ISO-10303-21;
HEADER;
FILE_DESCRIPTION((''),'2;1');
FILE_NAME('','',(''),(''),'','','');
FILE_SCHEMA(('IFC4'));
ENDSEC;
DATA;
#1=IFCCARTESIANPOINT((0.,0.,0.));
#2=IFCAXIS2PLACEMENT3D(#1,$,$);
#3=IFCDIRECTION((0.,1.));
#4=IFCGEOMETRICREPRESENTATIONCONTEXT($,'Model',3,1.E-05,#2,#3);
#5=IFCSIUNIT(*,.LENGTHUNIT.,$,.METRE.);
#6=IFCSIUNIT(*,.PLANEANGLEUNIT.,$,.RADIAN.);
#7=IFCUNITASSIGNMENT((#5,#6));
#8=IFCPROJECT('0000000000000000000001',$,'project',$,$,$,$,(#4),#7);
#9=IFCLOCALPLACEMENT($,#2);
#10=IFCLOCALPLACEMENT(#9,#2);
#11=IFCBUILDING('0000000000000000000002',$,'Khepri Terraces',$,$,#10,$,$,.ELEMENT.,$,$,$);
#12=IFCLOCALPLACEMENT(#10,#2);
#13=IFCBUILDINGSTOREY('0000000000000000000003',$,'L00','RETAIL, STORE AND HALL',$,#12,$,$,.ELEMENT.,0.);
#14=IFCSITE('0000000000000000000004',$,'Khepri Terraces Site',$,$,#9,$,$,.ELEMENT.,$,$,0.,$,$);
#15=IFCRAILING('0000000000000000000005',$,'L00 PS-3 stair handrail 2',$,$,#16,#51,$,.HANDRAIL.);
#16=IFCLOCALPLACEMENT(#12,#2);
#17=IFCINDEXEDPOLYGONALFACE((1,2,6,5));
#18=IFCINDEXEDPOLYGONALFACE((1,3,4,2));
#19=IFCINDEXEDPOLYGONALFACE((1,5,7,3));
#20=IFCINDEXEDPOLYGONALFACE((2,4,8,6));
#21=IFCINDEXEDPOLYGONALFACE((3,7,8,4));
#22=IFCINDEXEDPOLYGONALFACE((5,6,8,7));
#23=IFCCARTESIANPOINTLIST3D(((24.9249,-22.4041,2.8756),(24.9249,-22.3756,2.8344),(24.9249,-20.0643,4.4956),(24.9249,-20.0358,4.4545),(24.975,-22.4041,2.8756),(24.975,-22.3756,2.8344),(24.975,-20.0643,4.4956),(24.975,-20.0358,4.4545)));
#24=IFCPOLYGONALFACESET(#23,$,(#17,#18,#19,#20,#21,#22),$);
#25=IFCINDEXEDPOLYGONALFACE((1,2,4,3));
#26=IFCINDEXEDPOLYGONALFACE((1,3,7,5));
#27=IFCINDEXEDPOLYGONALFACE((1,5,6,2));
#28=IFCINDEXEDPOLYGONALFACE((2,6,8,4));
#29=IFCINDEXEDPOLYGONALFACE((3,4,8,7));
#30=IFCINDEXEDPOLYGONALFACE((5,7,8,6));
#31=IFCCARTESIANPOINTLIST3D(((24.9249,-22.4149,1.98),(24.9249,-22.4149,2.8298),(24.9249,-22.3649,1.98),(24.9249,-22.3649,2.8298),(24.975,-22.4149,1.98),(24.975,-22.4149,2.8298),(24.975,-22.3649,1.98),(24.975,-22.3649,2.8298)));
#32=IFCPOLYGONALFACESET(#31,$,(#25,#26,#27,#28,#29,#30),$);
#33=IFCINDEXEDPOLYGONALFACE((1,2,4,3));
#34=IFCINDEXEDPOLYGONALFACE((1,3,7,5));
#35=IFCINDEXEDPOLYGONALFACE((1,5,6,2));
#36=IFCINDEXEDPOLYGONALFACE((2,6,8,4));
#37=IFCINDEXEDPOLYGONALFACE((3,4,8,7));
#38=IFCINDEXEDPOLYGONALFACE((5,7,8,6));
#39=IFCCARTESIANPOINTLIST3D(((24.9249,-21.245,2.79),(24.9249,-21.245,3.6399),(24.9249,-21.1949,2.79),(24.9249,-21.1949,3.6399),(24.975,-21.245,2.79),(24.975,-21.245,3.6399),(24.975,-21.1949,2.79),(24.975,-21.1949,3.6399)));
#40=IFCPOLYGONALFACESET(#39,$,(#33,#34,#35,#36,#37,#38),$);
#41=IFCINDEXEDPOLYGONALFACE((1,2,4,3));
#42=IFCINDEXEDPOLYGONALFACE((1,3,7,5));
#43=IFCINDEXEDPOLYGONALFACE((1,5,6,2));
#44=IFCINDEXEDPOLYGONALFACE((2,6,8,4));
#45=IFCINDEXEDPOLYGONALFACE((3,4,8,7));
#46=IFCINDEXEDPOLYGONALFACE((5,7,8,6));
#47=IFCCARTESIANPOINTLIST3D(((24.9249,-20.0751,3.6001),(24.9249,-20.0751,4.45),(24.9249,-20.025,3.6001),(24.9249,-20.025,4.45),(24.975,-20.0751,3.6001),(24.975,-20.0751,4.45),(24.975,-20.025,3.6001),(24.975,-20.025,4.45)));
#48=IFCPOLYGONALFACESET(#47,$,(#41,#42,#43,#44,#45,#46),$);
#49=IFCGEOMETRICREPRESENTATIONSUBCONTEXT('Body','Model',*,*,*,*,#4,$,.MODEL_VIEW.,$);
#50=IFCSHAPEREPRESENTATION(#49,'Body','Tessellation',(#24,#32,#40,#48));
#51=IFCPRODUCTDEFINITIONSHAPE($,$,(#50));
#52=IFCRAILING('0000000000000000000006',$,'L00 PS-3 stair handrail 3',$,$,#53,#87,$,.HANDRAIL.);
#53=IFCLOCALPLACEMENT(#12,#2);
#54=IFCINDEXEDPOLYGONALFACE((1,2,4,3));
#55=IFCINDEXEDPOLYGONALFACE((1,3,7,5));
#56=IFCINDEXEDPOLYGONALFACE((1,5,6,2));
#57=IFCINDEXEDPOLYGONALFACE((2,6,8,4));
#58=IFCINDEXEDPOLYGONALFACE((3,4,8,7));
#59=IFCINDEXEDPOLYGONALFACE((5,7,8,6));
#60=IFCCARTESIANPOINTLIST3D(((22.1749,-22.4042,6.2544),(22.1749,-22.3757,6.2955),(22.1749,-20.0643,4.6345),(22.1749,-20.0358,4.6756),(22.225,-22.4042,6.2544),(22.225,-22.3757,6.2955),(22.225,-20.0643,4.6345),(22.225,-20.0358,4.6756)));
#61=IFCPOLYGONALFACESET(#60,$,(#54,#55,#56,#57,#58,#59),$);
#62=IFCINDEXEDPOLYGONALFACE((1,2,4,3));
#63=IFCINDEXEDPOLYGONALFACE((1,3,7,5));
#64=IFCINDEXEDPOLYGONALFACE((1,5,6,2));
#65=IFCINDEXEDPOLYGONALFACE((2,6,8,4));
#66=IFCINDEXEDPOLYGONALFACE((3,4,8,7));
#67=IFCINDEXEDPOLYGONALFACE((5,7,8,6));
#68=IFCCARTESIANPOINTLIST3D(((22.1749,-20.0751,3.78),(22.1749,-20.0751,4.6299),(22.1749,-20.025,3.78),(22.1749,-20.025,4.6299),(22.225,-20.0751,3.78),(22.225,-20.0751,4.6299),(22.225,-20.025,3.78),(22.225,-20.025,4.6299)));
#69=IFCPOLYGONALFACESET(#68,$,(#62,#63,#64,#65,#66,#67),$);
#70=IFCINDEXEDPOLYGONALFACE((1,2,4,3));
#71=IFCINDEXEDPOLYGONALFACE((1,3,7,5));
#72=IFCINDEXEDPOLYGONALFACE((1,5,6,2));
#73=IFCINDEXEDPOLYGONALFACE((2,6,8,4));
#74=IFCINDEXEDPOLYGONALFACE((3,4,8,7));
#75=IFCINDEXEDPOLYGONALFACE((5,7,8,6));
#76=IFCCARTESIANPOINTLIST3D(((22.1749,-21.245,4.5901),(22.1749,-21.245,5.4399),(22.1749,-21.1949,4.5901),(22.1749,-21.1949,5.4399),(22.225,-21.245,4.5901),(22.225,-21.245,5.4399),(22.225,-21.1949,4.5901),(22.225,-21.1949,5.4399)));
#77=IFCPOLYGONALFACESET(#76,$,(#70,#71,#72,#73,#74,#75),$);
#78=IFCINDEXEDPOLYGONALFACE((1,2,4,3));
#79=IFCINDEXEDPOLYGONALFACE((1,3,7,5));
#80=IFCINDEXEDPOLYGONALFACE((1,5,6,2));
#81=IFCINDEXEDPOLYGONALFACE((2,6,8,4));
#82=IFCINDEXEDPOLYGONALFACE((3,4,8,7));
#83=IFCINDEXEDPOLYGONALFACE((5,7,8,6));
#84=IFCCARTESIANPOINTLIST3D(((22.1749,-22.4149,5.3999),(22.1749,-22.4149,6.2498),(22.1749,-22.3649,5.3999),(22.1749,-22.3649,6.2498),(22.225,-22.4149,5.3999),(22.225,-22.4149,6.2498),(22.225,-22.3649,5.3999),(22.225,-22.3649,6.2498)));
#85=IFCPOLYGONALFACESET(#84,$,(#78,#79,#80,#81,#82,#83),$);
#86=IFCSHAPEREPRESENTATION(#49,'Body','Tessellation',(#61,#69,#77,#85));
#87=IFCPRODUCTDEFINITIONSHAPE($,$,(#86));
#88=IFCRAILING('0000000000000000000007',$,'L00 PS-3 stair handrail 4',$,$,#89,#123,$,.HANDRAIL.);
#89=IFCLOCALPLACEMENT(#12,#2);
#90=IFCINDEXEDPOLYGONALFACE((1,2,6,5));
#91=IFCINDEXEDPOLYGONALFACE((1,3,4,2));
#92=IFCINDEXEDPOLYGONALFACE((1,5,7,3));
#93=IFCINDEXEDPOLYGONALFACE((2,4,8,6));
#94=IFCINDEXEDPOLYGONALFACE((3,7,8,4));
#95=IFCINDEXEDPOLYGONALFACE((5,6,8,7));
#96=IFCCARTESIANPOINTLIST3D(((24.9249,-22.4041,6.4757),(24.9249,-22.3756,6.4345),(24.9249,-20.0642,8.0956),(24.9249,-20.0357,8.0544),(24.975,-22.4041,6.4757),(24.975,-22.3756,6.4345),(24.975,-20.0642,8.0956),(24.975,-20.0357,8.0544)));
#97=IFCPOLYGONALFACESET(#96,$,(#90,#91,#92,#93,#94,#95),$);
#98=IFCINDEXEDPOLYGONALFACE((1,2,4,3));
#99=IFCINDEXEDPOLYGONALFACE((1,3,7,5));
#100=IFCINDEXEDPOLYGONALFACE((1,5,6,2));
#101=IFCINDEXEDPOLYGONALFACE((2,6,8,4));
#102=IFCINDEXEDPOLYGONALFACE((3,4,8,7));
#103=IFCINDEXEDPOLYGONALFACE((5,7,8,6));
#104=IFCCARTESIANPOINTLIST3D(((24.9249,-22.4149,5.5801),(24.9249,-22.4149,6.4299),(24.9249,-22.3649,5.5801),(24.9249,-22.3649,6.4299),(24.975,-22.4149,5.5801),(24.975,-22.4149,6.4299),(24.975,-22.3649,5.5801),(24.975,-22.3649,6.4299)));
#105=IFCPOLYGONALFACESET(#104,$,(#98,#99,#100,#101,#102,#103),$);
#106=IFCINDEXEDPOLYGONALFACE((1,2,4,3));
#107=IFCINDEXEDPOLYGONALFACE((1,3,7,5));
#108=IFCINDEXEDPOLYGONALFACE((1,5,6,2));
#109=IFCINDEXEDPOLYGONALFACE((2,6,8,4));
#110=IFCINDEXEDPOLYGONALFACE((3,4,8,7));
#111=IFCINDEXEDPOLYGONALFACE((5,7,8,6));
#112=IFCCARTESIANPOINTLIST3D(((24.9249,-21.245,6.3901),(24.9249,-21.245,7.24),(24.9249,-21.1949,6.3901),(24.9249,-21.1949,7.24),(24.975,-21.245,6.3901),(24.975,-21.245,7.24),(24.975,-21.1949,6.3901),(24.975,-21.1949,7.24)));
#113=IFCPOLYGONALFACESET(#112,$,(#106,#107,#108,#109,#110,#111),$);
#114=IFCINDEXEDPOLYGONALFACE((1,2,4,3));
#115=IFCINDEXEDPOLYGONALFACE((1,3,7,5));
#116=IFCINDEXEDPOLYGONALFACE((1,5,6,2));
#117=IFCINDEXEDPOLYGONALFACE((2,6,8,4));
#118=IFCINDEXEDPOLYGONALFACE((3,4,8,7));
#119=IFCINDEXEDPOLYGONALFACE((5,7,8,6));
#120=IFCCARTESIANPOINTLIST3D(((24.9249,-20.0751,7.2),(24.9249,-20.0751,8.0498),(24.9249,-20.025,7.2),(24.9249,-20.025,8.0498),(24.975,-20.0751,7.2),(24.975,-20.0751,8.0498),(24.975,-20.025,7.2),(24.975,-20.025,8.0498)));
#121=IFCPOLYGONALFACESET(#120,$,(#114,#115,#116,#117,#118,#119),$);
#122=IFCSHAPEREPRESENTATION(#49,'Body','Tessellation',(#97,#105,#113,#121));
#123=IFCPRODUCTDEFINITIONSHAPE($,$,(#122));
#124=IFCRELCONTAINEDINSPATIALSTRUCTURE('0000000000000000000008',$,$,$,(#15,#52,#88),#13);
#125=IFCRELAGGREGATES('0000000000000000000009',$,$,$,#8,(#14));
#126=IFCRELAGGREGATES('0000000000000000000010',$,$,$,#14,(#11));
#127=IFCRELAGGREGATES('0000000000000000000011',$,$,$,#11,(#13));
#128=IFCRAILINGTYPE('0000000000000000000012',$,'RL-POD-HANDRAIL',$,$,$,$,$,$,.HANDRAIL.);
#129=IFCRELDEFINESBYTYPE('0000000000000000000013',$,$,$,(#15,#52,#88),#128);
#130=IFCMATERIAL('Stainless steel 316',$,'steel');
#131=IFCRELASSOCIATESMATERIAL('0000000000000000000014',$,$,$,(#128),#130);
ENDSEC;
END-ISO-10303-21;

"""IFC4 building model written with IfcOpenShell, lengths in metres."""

from ifc_helpers import new_model, si_unit, direction, frame, origin, origin_2d, place, context, subcontext, project, spatial, rectangle, extrude, material, type_object, element, save


model = new_model("IFC4")

# Units and contexts
model_context = context("Model", 3, precision=1e-05, world=origin(), true_north=direction((0.0, 1.0)))
body_context = subcontext(model_context, "Body", "Model", "MODEL_VIEW")
ifc_project = project(units=[si_unit("LENGTHUNIT", "METRE"), si_unit("PLANEANGLEUNIT", "RADIAN")], contexts=[model_context])

# Site, building, storey
site_placement = place(None, origin())
site = spatial("IfcSite", under=ifc_project, at=site_placement, Name="Khepri Terraces Site", CompositionType="ELEMENT", RefElevation=0.0)
building_placement = place(site_placement, origin())
building = spatial("IfcBuilding", under=site, at=building_placement, Name="Khepri Terraces", CompositionType="ELEMENT")
storey_placement = place(building_placement, origin())
storey = spatial("IfcBuildingStorey", under=building, at=storey_placement, Name="L00", Description="RETAIL, STORE AND HALL", CompositionType="ELEMENT", Elevation=0.0)

# Railings
ifc_material_1 = material(Name="Stainless steel 316", Category="steel")
railing_type_1 = type_object("IfcRailingType", Name="RL-POD-HANDRAIL", PredefinedType="HANDRAIL", material=ifc_material_1)
railing_1_placement = place(storey_placement, frame((24.95, -22.3899, 1.98)))
element("IfcRailing", 1, at=railing_1_placement, inside=storey, type_object=railing_type_1, Name="L00 PS-3 stair handrail 2", PredefinedType="HANDRAIL", context=body_context, shape_type="SweptSolid", body=[
    extrude(rectangle(XDim=0.05, YDim=0.05, at=origin_2d()), frame((0.0, 0.0, 0.875), z_axis=(0.0, 0.822155, 0.569264), x_axis=(-1.0, 0.0, 0.0)), (0.0, 0.0, 1.0), 2.8459),
    extrude(rectangle(XDim=0.05, YDim=0.05, at=origin_2d()), origin(), (0.0, 0.0, 1.0), 0.8499),
    extrude(rectangle(XDim=0.05, YDim=0.05, at=origin_2d()), frame((0.0, 1.1699, 0.8101)), (0.0, 0.0, 1.0), 0.8499),
    extrude(rectangle(XDim=0.05, YDim=0.05, at=origin_2d()), frame((0.0, 2.3398, 1.6201)), (0.0, 0.0, 1.0), 0.8499),
])
railing_2_placement = place(storey_placement, frame((22.2, -20.05, 3.78)))
element("IfcRailing", 2, at=railing_2_placement, inside=storey, type_object=railing_type_1, Name="L00 PS-3 stair handrail 3", PredefinedType="HANDRAIL", context=body_context, shape_type="SweptSolid", body=[
    extrude(rectangle(XDim=0.05, YDim=0.05, at=origin_2d()), frame((0.0, 0.0, 0.875), z_axis=(0.0, -0.822195, 0.569206), x_axis=(1.0, 0.0, 0.0)), (0.0, 0.0, 1.0), 2.8459),
    extrude(rectangle(XDim=0.05, YDim=0.05, at=origin_2d()), origin(), (0.0, 0.0, 1.0), 0.8499),
    extrude(rectangle(XDim=0.05, YDim=0.05, at=origin_2d()), frame((0.0, -1.1699, 0.8101)), (0.0, 0.0, 1.0), 0.8499),
    extrude(rectangle(XDim=0.05, YDim=0.05, at=origin_2d()), frame((0.0, -2.3398, 1.6199)), (0.0, 0.0, 1.0), 0.8499),
])
railing_3_placement = place(storey_placement, frame((24.95, -22.3899, 5.5801)))
element("IfcRailing", 3, at=railing_3_placement, inside=storey, type_object=railing_type_1, Name="L00 PS-3 stair handrail 4", PredefinedType="HANDRAIL", context=body_context, shape_type="SweptSolid", body=[
    extrude(rectangle(XDim=0.05, YDim=0.05, at=origin_2d()), frame((0.0, 0.0, 0.875), z_axis=(0.0, 0.822195, 0.569206), x_axis=(-1.0, 0.0, 0.0)), (0.0, 0.0, 1.0), 2.8459),
    extrude(rectangle(XDim=0.05, YDim=0.05, at=origin_2d()), origin(), (0.0, 0.0, 1.0), 0.8499),
    extrude(rectangle(XDim=0.05, YDim=0.05, at=origin_2d()), frame((0.0, 1.1699, 0.8101)), (0.0, 0.0, 1.0), 0.8499),
    extrude(rectangle(XDim=0.05, YDim=0.05, at=origin_2d()), frame((0.0, 2.3398, 1.6199)), (0.0, 0.0, 1.0), 0.8499),
])

save(model, "model.ifc")
